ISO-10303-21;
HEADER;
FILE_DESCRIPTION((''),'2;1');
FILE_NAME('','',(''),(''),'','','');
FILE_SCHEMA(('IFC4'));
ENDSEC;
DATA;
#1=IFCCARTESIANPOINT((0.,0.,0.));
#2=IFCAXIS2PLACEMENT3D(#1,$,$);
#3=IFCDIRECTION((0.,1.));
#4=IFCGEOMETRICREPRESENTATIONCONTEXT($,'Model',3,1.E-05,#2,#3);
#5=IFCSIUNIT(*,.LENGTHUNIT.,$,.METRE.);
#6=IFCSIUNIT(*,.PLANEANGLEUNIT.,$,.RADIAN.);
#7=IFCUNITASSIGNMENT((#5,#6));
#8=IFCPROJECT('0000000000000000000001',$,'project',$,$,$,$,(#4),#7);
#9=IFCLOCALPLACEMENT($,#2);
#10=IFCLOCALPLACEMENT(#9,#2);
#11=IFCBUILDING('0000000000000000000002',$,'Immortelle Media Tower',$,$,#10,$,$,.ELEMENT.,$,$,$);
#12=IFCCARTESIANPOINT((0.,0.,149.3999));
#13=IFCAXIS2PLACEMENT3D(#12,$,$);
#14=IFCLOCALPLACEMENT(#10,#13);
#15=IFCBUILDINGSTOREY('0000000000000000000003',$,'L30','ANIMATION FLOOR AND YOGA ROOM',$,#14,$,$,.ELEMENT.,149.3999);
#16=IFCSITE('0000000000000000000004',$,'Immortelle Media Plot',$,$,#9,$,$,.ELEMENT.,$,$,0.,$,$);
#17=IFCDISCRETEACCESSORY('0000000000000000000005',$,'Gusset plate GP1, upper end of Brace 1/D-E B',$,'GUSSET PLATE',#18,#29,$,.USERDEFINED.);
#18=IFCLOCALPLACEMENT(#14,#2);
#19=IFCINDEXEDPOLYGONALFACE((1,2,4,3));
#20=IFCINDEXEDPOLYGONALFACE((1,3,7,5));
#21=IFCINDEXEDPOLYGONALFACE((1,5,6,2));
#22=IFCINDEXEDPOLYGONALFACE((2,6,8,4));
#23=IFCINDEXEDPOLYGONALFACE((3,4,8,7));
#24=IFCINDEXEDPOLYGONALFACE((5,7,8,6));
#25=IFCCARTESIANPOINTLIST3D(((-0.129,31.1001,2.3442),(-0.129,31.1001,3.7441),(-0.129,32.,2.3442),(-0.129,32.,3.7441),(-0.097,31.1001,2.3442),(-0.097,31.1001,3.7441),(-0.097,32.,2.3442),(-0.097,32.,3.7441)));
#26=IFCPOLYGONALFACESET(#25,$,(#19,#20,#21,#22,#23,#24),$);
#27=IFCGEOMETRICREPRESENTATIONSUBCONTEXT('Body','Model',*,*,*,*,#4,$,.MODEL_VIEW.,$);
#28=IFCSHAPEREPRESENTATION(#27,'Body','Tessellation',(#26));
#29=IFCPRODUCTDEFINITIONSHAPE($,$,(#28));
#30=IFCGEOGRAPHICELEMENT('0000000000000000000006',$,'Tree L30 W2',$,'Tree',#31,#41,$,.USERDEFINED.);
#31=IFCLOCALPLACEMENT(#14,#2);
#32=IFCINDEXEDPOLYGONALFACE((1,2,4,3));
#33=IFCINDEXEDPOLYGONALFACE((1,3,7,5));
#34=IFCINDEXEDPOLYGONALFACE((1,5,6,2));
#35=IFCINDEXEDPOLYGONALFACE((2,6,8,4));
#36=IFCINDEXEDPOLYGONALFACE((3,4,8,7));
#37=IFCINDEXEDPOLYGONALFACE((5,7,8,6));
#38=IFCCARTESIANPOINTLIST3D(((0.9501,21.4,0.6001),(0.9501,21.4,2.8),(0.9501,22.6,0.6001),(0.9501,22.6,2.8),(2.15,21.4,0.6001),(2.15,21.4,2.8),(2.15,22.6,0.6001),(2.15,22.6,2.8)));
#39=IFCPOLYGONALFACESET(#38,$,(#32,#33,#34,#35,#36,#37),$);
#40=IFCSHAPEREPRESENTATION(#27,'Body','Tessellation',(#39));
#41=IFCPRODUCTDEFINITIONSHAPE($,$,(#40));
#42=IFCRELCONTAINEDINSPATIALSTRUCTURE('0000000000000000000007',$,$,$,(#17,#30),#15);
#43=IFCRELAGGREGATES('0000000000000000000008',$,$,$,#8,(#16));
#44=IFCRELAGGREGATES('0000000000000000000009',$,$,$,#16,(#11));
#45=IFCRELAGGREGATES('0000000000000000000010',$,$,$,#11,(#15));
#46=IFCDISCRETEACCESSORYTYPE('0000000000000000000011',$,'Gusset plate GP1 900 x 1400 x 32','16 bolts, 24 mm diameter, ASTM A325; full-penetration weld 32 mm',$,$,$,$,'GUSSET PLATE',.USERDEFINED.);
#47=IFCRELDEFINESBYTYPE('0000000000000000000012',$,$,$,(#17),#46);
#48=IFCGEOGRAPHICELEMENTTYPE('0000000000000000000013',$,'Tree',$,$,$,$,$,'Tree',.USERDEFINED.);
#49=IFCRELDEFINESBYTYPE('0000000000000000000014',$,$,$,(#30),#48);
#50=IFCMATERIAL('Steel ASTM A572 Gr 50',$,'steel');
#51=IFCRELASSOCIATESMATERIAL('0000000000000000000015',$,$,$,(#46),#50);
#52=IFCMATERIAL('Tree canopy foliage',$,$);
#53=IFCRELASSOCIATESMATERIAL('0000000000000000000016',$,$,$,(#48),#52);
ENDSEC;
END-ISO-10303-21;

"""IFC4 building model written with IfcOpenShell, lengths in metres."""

from ifc_helpers import new_model, si_unit, direction, frame, origin, origin_2d, place, context, subcontext, project, spatial, rectangle, extrude, material, material_profile, profile_set, type_object, element, save


model = new_model("IFC4")

# Units and contexts
model_context = context("Model", 3, precision=1e-05, world=origin(), true_north=direction((0.0, 1.0)))
body_context = subcontext(model_context, "Body", "Model", "MODEL_VIEW")
ifc_project = project(units=[si_unit("LENGTHUNIT", "METRE"), si_unit("PLANEANGLEUNIT", "RADIAN")], contexts=[model_context])

# Site, building, storey
site_placement = place(None, origin())
site = spatial("IfcSite", under=ifc_project, at=site_placement, Name="Immortelle Media Plot", CompositionType="ELEMENT", RefElevation=0.0)
building_placement = place(site_placement, origin())
building = spatial("IfcBuilding", under=site, at=building_placement, Name="Immortelle Media Tower", CompositionType="ELEMENT")
storey_placement = place(building_placement, frame((0.0, 0.0, 149.3999)))
storey = spatial("IfcBuildingStorey", under=building, at=storey_placement, Name="L30", Description="ANIMATION FLOOR AND YOGA ROOM", CompositionType="ELEMENT", Elevation=149.3999)

# Discrete accessory
ifc_material_1 = material(Name="Steel ASTM A572 Gr 50", Category="steel")
ifc_material_profile_1 = material_profile(ifc_material_1, rectangle(XDim=0.032, YDim=1.3999, at=origin_2d()), Name="PL 32 x 1400")
ifc_profile_set_1 = profile_set([ifc_material_profile_1], Name="Steel ASTM A572 Gr 50")
discrete_accessory_type_1 = type_object("IfcDiscreteAccessoryType", Name="Gusset plate GP1 900 x 1400 x 32", Description="16 bolts, 24 mm diameter, ASTM A325; full-penetration weld 32 mm", ElementType="GUSSET PLATE", PredefinedType="USERDEFINED", material=ifc_profile_set_1)
for number, where, z_axis, x_axis, name in (
    (1, (-0.113, 32.0, 3.0442), (0.0, -1.0, 0.0), (1.0, 0.0, 0.0), "Gusset plate GP1, upper end of Brace 1/D-E B"),
):
    element("IfcDiscreteAccessory", number, at=place(storey_placement, frame(where, z_axis=z_axis, x_axis=x_axis)), inside=storey, type_object=discrete_accessory_type_1, Name=name, ObjectType="GUSSET PLATE", PredefinedType="USERDEFINED", context=body_context, shape_type="SweptSolid", body=[
        extrude(rectangle(XDim=0.032, YDim=1.3999, at=origin_2d()), origin(), (0.0, 0.0, 1.0), 0.8999),
    ])

# Geographic element
ifc_material_2 = material(Name="Tree canopy foliage")
geographic_element_type = type_object("IfcGeographicElementType", Name="Tree", ElementType="Tree", PredefinedType="USERDEFINED", material=ifc_material_2)
geographic_element_placement = place(storey_placement, frame((1.55, 22.0, 0.6001), z_axis=(0.0, 0.0, 1.0), x_axis=(1.0, 0.0, 0.0)))
element("IfcGeographicElement", 2, at=geographic_element_placement, inside=storey, type_object=geographic_element_type, Name="Tree L30 W2", ObjectType="Tree", PredefinedType="USERDEFINED", context=body_context, shape_type="SweptSolid", body=[
    extrude(rectangle(XDim=1.2, YDim=1.2, at=origin_2d()), origin(), (0.0, 0.0, 1.0), 2.2),
])

save(model, "model.ifc")
